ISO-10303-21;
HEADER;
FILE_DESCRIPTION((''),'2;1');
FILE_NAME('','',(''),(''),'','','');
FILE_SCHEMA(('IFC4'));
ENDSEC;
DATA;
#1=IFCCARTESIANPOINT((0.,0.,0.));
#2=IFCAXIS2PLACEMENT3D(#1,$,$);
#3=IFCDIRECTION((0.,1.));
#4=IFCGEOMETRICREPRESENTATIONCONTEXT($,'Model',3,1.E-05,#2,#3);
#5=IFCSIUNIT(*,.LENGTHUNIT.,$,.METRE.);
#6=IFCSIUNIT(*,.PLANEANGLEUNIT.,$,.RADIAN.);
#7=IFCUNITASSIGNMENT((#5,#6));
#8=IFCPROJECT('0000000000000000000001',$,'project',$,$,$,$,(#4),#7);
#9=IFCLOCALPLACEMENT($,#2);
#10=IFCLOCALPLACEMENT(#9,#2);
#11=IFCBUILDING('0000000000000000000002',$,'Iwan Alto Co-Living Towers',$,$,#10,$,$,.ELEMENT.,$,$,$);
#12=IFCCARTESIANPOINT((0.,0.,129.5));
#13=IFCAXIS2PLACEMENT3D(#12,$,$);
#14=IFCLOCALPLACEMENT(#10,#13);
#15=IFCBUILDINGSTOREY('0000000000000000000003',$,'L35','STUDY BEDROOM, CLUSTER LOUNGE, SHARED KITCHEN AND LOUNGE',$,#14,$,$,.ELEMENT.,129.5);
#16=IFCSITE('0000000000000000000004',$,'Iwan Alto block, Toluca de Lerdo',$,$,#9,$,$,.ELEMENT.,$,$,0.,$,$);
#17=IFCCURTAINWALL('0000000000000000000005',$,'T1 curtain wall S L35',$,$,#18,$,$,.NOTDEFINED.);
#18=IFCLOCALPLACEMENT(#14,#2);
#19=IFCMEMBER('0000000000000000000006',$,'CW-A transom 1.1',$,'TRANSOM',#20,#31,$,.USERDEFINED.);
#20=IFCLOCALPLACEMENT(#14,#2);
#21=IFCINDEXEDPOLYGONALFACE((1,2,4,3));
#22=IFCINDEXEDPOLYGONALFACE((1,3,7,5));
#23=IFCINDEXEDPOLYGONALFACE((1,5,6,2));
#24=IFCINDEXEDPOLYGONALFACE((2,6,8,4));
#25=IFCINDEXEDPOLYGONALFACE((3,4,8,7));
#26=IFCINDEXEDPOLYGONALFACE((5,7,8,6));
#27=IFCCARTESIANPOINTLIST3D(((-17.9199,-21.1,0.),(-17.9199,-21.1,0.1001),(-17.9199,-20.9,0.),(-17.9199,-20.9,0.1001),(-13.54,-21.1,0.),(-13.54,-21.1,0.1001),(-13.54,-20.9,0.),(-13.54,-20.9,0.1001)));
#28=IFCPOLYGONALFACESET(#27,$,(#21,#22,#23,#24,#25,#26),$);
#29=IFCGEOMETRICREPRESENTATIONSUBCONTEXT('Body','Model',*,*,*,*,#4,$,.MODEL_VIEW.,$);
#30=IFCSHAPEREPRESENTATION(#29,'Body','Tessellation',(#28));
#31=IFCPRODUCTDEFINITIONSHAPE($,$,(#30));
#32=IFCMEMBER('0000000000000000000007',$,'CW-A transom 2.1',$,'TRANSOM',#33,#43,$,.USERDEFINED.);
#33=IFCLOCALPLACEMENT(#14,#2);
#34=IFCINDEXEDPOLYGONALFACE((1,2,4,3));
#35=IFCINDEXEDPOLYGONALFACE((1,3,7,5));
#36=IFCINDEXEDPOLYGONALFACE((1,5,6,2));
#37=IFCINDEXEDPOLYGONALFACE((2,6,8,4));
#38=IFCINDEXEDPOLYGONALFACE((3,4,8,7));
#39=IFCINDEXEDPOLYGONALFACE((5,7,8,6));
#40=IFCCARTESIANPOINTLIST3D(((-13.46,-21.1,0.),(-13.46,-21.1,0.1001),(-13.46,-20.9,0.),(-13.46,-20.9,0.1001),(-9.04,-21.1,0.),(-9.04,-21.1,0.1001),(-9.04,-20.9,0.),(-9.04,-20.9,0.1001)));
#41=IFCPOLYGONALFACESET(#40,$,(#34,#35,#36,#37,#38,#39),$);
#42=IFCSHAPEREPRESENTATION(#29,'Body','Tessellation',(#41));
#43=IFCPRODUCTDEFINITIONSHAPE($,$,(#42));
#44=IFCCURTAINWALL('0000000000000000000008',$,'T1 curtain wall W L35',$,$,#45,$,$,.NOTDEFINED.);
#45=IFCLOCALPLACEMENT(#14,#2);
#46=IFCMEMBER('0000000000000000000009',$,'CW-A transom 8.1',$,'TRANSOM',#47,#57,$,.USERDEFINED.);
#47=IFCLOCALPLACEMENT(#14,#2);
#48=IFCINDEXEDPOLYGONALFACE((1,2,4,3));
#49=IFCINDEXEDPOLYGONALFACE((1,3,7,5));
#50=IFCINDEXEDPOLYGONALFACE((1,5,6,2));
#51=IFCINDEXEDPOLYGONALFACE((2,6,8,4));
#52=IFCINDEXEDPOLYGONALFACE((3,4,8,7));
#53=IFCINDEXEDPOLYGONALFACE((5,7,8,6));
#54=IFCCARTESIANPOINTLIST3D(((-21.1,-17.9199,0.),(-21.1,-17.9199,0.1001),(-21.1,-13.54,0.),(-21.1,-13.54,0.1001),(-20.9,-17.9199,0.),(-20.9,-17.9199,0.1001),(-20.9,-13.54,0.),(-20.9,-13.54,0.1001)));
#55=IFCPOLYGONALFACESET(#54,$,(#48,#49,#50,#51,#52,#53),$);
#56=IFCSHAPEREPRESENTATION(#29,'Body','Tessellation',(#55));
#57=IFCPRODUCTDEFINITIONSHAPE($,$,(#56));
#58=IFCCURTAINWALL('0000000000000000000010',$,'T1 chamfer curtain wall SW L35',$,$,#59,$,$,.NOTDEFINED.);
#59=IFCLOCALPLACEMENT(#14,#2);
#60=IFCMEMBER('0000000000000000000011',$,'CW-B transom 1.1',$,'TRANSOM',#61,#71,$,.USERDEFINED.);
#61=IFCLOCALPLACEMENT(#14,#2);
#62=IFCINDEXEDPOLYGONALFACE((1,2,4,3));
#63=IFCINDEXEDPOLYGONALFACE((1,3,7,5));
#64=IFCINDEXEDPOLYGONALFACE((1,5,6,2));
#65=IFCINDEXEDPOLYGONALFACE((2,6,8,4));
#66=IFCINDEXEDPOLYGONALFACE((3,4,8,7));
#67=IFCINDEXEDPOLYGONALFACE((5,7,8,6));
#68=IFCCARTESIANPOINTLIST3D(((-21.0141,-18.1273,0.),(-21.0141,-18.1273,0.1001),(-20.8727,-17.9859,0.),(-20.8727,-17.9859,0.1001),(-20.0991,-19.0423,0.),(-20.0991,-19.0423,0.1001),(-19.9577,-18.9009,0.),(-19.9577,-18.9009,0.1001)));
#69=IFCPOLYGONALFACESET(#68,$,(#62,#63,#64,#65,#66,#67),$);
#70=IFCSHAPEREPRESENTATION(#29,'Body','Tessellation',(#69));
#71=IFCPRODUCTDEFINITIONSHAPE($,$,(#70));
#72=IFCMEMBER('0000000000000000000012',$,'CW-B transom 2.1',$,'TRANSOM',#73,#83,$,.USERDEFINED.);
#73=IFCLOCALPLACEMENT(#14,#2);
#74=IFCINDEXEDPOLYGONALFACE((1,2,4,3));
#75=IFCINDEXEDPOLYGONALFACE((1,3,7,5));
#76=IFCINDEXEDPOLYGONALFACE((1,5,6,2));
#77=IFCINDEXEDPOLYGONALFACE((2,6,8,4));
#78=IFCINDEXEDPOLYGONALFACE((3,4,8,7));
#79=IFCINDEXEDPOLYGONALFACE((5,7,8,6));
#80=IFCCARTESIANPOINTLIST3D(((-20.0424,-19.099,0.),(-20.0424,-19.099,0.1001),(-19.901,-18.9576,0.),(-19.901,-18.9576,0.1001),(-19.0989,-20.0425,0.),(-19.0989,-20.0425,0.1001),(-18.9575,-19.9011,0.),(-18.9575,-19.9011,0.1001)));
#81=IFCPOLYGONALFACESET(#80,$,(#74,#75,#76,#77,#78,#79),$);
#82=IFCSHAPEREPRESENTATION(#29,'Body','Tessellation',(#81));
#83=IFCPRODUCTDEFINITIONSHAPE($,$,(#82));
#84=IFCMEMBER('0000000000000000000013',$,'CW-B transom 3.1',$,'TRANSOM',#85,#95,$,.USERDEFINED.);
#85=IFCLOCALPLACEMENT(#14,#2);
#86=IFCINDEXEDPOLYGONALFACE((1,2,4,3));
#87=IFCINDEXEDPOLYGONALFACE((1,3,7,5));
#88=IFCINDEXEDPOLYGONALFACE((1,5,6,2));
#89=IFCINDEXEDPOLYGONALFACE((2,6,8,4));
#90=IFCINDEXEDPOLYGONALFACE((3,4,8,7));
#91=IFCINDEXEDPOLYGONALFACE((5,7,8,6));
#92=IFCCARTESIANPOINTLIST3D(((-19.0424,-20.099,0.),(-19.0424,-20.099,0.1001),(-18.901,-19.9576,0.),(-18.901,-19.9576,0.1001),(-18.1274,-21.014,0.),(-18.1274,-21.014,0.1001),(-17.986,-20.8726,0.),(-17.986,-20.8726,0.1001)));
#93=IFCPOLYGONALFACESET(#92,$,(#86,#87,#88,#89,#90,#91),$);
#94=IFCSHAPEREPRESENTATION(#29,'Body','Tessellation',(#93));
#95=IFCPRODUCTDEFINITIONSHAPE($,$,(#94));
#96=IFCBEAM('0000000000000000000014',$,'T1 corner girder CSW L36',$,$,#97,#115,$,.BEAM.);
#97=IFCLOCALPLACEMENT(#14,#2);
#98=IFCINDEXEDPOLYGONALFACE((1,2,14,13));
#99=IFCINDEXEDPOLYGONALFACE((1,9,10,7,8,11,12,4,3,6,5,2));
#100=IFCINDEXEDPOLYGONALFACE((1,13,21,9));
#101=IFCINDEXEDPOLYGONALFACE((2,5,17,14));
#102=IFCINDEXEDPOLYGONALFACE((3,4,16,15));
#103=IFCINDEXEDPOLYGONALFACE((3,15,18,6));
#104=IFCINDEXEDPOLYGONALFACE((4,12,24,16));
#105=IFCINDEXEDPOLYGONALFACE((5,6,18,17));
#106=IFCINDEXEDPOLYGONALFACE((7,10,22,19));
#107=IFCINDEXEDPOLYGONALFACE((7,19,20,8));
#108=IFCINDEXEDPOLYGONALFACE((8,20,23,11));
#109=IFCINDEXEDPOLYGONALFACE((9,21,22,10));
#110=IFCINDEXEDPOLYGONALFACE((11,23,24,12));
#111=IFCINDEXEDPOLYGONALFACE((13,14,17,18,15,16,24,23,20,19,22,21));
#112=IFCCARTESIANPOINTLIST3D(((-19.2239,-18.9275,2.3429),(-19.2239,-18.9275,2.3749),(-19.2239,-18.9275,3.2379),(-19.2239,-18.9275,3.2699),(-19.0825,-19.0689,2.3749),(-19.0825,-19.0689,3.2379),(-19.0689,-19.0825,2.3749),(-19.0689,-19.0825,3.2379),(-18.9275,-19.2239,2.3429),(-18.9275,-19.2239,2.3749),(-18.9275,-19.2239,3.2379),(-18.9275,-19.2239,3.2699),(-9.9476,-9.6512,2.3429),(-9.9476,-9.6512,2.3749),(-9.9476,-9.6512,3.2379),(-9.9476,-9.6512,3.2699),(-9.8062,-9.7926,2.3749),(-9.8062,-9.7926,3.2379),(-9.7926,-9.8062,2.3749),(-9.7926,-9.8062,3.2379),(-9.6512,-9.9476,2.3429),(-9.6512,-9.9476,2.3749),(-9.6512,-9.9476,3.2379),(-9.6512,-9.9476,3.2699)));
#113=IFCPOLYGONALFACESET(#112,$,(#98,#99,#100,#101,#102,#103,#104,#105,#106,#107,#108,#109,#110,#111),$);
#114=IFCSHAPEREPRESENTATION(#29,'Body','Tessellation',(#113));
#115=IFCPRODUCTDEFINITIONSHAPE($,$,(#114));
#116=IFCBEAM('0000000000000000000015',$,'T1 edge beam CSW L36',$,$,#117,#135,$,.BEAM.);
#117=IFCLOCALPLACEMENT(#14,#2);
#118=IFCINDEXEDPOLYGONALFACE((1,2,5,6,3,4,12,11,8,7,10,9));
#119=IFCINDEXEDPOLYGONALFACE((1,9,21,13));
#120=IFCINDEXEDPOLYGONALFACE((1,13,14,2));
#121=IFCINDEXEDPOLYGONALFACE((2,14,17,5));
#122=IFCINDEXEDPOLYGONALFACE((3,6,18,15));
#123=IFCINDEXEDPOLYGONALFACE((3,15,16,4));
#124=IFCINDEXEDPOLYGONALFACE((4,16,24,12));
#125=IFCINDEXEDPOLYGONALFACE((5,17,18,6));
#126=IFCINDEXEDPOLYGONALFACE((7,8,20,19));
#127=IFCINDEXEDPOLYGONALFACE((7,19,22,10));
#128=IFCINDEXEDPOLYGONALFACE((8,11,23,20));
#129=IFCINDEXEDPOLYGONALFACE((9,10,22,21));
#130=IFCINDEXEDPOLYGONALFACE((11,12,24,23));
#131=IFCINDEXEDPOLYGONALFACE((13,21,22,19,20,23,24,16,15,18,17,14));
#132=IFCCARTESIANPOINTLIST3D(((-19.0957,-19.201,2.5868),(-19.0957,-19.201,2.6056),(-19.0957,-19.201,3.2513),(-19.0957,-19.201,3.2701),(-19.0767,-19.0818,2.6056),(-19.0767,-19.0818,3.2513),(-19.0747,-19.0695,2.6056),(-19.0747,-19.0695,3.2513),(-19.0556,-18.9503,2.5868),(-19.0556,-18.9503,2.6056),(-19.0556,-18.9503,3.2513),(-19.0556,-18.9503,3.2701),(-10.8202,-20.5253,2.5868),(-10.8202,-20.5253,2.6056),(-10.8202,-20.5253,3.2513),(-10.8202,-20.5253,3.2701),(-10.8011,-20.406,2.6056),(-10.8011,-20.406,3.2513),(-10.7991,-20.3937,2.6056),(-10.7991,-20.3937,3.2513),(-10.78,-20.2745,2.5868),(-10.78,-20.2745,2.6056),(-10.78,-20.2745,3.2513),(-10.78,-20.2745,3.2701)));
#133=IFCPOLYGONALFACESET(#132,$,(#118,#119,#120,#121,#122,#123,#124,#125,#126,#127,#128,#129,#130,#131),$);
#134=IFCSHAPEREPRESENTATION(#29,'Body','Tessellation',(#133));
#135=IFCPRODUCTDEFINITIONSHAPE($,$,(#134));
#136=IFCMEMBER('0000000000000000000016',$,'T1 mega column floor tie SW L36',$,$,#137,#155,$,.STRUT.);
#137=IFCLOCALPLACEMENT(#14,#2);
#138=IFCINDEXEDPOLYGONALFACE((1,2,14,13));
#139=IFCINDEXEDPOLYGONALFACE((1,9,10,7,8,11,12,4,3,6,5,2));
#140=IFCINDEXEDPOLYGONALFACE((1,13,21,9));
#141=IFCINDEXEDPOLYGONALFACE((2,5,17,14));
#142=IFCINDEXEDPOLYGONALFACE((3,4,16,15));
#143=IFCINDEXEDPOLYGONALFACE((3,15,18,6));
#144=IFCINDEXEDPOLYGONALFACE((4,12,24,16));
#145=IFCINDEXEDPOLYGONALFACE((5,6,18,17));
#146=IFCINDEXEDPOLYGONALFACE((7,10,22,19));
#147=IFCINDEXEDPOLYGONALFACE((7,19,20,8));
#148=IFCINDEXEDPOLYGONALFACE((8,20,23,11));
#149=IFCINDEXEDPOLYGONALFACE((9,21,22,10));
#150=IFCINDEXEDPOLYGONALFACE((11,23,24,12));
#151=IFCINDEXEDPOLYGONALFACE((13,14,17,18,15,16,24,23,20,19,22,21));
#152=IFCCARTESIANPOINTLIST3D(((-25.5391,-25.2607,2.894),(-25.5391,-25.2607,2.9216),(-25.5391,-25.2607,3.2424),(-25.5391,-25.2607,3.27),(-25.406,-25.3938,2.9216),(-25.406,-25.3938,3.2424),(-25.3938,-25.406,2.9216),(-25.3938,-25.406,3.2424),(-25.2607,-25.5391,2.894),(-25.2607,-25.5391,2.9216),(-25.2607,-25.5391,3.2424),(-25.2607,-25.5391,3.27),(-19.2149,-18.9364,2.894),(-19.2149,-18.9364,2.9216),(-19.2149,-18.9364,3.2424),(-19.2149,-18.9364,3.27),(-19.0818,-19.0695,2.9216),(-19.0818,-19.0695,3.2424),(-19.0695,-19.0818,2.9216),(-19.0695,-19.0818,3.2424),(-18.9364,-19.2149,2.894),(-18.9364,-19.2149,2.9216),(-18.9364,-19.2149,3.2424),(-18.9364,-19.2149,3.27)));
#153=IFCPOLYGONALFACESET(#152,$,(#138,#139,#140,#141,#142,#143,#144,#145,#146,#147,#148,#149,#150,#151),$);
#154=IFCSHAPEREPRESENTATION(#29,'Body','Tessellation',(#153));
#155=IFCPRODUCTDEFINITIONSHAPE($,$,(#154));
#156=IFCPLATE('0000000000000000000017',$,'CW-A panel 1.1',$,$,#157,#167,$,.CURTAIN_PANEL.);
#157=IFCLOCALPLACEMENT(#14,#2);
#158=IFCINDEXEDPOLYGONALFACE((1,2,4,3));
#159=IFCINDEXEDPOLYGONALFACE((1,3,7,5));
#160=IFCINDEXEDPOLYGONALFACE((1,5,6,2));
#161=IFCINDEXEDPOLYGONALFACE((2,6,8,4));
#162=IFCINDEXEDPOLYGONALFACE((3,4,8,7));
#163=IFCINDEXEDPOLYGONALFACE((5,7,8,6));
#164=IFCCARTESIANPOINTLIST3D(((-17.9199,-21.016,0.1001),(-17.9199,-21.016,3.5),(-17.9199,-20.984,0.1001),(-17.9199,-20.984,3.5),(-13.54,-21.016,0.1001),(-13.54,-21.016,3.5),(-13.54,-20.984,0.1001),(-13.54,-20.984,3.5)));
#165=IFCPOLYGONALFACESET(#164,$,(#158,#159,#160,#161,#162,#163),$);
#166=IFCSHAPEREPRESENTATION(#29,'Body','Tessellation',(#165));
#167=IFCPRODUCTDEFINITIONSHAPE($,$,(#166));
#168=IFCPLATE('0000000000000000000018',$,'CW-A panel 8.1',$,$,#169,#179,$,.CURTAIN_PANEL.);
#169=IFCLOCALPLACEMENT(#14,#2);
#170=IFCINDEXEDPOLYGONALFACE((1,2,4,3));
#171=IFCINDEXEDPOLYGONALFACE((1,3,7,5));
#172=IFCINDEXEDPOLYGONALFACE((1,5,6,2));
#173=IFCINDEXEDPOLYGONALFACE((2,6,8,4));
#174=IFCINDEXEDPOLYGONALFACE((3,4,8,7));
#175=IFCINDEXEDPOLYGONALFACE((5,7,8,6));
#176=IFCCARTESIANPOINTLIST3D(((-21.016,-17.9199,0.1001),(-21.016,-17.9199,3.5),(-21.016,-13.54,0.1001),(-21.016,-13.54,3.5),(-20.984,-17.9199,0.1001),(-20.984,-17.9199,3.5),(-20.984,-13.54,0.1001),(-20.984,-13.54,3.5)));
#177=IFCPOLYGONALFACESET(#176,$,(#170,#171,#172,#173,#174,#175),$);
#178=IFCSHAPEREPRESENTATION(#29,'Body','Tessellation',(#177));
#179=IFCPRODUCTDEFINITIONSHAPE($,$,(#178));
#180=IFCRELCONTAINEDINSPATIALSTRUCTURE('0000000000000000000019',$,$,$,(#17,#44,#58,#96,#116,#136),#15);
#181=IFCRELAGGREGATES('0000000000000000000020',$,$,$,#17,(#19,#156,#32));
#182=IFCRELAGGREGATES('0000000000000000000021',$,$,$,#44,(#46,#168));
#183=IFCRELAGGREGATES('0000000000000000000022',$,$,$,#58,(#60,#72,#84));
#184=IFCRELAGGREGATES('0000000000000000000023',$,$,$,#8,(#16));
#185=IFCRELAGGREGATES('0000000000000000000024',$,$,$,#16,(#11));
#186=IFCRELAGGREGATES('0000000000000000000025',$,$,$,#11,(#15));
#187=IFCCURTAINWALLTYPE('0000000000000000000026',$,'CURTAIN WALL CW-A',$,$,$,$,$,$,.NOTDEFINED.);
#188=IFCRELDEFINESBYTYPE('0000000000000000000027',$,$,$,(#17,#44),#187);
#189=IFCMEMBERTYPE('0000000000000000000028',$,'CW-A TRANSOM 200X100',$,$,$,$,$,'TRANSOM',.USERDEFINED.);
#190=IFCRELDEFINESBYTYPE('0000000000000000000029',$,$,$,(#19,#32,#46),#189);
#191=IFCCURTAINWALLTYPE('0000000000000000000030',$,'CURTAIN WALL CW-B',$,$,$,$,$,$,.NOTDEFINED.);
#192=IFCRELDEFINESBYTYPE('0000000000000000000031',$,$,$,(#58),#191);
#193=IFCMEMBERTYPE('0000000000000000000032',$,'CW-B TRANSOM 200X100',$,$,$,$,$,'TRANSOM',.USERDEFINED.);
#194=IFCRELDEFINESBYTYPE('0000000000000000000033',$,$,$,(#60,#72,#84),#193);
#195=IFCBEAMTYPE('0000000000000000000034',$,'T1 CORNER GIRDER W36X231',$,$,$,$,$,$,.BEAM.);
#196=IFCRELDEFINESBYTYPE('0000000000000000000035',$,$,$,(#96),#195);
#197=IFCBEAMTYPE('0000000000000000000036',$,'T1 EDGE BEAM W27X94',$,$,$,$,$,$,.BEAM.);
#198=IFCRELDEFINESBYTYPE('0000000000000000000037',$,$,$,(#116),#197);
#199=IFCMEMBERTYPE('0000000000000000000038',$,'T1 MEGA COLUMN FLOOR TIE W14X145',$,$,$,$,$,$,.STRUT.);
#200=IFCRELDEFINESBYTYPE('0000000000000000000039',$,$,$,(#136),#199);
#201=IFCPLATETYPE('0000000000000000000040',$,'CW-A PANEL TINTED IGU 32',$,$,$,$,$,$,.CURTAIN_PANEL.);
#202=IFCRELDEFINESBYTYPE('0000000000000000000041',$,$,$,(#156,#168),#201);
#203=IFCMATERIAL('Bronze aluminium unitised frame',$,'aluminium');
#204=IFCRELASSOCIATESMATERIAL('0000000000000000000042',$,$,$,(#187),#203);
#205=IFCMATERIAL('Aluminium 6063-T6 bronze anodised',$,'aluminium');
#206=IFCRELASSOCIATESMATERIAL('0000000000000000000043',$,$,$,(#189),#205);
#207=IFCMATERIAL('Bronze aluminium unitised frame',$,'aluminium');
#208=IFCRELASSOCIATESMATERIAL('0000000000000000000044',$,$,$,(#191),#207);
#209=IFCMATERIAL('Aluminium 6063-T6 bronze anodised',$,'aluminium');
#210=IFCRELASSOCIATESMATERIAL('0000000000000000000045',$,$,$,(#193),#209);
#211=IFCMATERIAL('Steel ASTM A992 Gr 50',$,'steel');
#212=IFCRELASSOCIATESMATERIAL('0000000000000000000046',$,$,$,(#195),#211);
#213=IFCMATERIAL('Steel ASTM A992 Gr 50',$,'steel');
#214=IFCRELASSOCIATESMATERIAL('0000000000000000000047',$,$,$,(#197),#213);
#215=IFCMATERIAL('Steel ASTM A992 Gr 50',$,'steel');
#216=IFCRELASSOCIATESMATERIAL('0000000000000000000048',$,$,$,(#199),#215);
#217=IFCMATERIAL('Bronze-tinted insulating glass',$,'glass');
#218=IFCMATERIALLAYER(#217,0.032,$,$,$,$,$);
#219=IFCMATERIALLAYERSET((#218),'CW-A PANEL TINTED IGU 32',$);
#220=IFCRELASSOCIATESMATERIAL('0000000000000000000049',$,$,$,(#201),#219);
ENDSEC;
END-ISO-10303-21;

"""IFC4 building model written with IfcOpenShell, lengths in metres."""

from ifc_helpers import new_model, si_unit, direction, frame, origin, origin_2d, place, context, subcontext, project, spatial, rectangle, i_section, extrude, material, layer, layer_set, material_profile, profile_set, type_object, element, aggregate, save


model = new_model("IFC4")

# Units and contexts
model_context = context("Model", 3, precision=1e-05, world=origin(), true_north=direction((0.0, 1.0)))
body_context = subcontext(model_context, "Body", "Model", "MODEL_VIEW")
ifc_project = project(units=[si_unit("LENGTHUNIT", "METRE"), si_unit("PLANEANGLEUNIT", "RADIAN")], contexts=[model_context])

# Site, building, storey
site_placement = place(None, origin())
site = spatial("IfcSite", under=ifc_project, at=site_placement, Name="Iwan Alto block, Toluca de Lerdo", CompositionType="ELEMENT", RefElevation=0.0)
building_placement = place(site_placement, origin())
building = spatial("IfcBuilding", under=site, at=building_placement, Name="Iwan Alto Co-Living Towers", CompositionType="ELEMENT")
storey_placement = place(building_placement, frame((0.0, 0.0, 129.5)))
storey = spatial("IfcBuildingStorey", under=building, at=storey_placement, Name="L35", Description="STUDY BEDROOM, CLUSTER LOUNGE, SHARED KITCHEN AND LOUNGE", CompositionType="ELEMENT", Elevation=129.5)

# Curtain wall, members
ifc_material_1 = material(Name="Bronze aluminium unitised frame", Category="aluminium")
curtain_wall_type_1 = type_object("IfcCurtainWallType", Name="CURTAIN WALL CW-A", PredefinedType="NOTDEFINED", material=ifc_material_1)
curtain_wall_1_placement = place(storey_placement, origin())
curtain_wall_1 = element("IfcCurtainWall", 1, at=curtain_wall_1_placement, inside=storey, type_object=curtain_wall_type_1, Name="T1 curtain wall S L35", PredefinedType="NOTDEFINED")
ifc_material_2 = material(Name="Aluminium 6063-T6 bronze anodised", Category="aluminium")
ifc_material_profile_1 = material_profile(ifc_material_2, rectangle(XDim=0.2, YDim=0.1001, at=origin_2d()), Name="AL 200X100")
ifc_profile_set_1 = profile_set([ifc_material_profile_1], Name="Aluminium 6063-T6 bronze anodised")
member_type_1 = type_object("IfcMemberType", Name="CW-A TRANSOM 200X100", ElementType="TRANSOM", PredefinedType="USERDEFINED", material=ifc_profile_set_1)
member_1_placement = place(storey_placement, frame((-17.9199, -21.0, 0.05), z_axis=(1.0, 0.0, 0.0), x_axis=(0.0, 1.0, 0.0)))
member_1 = element("IfcMember", 2, at=member_1_placement, type_object=member_type_1, Name="CW-A transom 1.1", ObjectType="TRANSOM", PredefinedType="USERDEFINED", context=body_context, shape_type="SweptSolid", body=[
    extrude(rectangle(XDim=0.2, YDim=0.1001, at=origin_2d()), origin(), (0.0, 0.0, 1.0), 4.3799),
])
member_2_placement = place(storey_placement, frame((-13.46, -21.0, 0.05), z_axis=(1.0, 0.0, 0.0), x_axis=(0.0, 1.0, 0.0)))
member_2 = element("IfcMember", 3, at=member_2_placement, type_object=member_type_1, Name="CW-A transom 2.1", ObjectType="TRANSOM", PredefinedType="USERDEFINED", context=body_context, shape_type="SweptSolid", body=[
    extrude(rectangle(XDim=0.2, YDim=0.1001, at=origin_2d()), origin(), (0.0, 0.0, 1.0), 4.4199),
])

# Curtain wall, member
curtain_wall_2_placement = place(storey_placement, origin())
curtain_wall_2 = element("IfcCurtainWall", 4, at=curtain_wall_2_placement, inside=storey, type_object=curtain_wall_type_1, Name="T1 curtain wall W L35", PredefinedType="NOTDEFINED")
member_3_placement = place(storey_placement, frame((-21.0, -13.54, 0.05), z_axis=(0.0, -1.0, 0.0), x_axis=(1.0, 0.0, 0.0)))
member_3 = element("IfcMember", 5, at=member_3_placement, type_object=member_type_1, Name="CW-A transom 8.1", ObjectType="TRANSOM", PredefinedType="USERDEFINED", context=body_context, shape_type="SweptSolid", body=[
    extrude(rectangle(XDim=0.2, YDim=0.1001, at=origin_2d()), origin(), (0.0, 0.0, 1.0), 4.3799),
])

# Curtain wall, members
ifc_material_3 = material(Name="Bronze aluminium unitised frame", Category="aluminium")
curtain_wall_type_2 = type_object("IfcCurtainWallType", Name="CURTAIN WALL CW-B", PredefinedType="NOTDEFINED", material=ifc_material_3)
curtain_wall_3_placement = place(storey_placement, origin())
curtain_wall_3 = element("IfcCurtainWall", 6, at=curtain_wall_3_placement, inside=storey, type_object=curtain_wall_type_2, Name="T1 chamfer curtain wall SW L35", PredefinedType="NOTDEFINED")
ifc_material_4 = material(Name="Aluminium 6063-T6 bronze anodised", Category="aluminium")
ifc_material_profile_2 = material_profile(ifc_material_4, rectangle(XDim=0.2, YDim=0.1001, at=origin_2d()), Name="AL 200X100")
ifc_profile_set_2 = profile_set([ifc_material_profile_2], Name="Aluminium 6063-T6 bronze anodised")
member_type_2 = type_object("IfcMemberType", Name="CW-B TRANSOM 200X100", ElementType="TRANSOM", PredefinedType="USERDEFINED", material=ifc_profile_set_2)
member_4_placement = place(storey_placement, frame((-20.9434, -18.0566, 0.05), z_axis=(0.707107, -0.707107, 0.0), x_axis=(0.707107, 0.707107, 0.0)))
member_4 = element("IfcMember", 7, at=member_4_placement, type_object=member_type_2, Name="CW-B transom 1.1", ObjectType="TRANSOM", PredefinedType="USERDEFINED", context=body_context, shape_type="SweptSolid", body=[
    extrude(rectangle(XDim=0.2, YDim=0.1001, at=origin_2d()), origin(), (0.0, 0.0, 1.0), 1.2939),
])
member_5_placement = place(storey_placement, frame((-19.9717, -19.0283, 0.05), z_axis=(0.707107, -0.707107, 0.0), x_axis=(0.707107, 0.707107, 0.0)))
member_5 = element("IfcMember", 8, at=member_5_placement, type_object=member_type_2, Name="CW-B transom 2.1", ObjectType="TRANSOM", PredefinedType="USERDEFINED", context=body_context, shape_type="SweptSolid", body=[
    extrude(rectangle(XDim=0.2, YDim=0.1001, at=origin_2d()), origin(), (0.0, 0.0, 1.0), 1.3342),
])
member_6_placement = place(storey_placement, frame((-18.9717, -20.0283, 0.05), z_axis=(0.707107, -0.707107, 0.0), x_axis=(0.707107, 0.707107, 0.0)))
member_6 = element("IfcMember", 9, at=member_6_placement, type_object=member_type_2, Name="CW-B transom 3.1", ObjectType="TRANSOM", PredefinedType="USERDEFINED", context=body_context, shape_type="SweptSolid", body=[
    extrude(rectangle(XDim=0.2, YDim=0.1001, at=origin_2d()), origin(), (0.0, 0.0, 1.0), 1.2939),
])

# Beams
ifc_material_5 = material(Name="Steel ASTM A992 Gr 50", Category="steel")
ifc_material_profile_3 = material_profile(ifc_material_5, i_section(OverallWidth=0.4192, OverallDepth=0.927, WebThickness=0.0193, FlangeThickness=0.032, at=origin_2d()), Name="W36X231")
ifc_profile_set_3 = profile_set([ifc_material_profile_3], Name="Steel ASTM A992 Gr 50")
beam_type_1 = type_object("IfcBeamType", Name="T1 CORNER GIRDER W36X231", PredefinedType="BEAM", material=ifc_profile_set_3)
beam_1_placement = place(storey_placement, frame((-19.0757, -19.0757, 2.8064), z_axis=(0.707107, 0.707107, 0.0), x_axis=(-0.707107, 0.707107, 0.0)))
element("IfcBeam", 10, at=beam_1_placement, inside=storey, type_object=beam_type_1, Name="T1 corner girder CSW L36", PredefinedType="BEAM", context=body_context, shape_type="SweptSolid", body=[
    extrude(i_section(OverallWidth=0.4192, OverallDepth=0.927, WebThickness=0.0193, FlangeThickness=0.032, at=origin_2d()), origin(), (0.0, 0.0, 1.0), 13.1187),
])
ifc_material_6 = material(Name="Steel ASTM A992 Gr 50", Category="steel")
ifc_material_profile_4 = material_profile(ifc_material_6, i_section(OverallWidth=0.2539, OverallDepth=0.6833, WebThickness=0.0125, FlangeThickness=0.0188, at=origin_2d()), Name="W27X94")
ifc_profile_set_4 = profile_set([ifc_material_profile_4], Name="Steel ASTM A992 Gr 50")
beam_type_2 = type_object("IfcBeamType", Name="T1 EDGE BEAM W27X94", PredefinedType="BEAM", material=ifc_profile_set_4)
beam_2_placement = place(storey_placement, frame((-19.0757, -19.0757, 2.9285), z_axis=(0.987438, -0.158004, 0.0), x_axis=(0.158004, 0.987438, 0.0)))
element("IfcBeam", 11, at=beam_2_placement, inside=storey, type_object=beam_type_2, Name="T1 edge beam CSW L36", PredefinedType="BEAM", context=body_context, shape_type="SweptSolid", body=[
    extrude(i_section(OverallWidth=0.2539, OverallDepth=0.6833, WebThickness=0.0125, FlangeThickness=0.0188, at=origin_2d()), origin(), (0.0, 0.0, 1.0), 8.3809),
])

# Member
ifc_material_7 = material(Name="Steel ASTM A992 Gr 50", Category="steel")
ifc_material_profile_5 = material_profile(ifc_material_7, i_section(OverallWidth=0.3938, OverallDepth=0.376, WebThickness=0.0173, FlangeThickness=0.0276, at=origin_2d()), Name="W14X145")
ifc_profile_set_5 = profile_set([ifc_material_profile_5], Name="Steel ASTM A992 Gr 50")
member_type_3 = type_object("IfcMemberType", Name="T1 MEGA COLUMN FLOOR TIE W14X145", PredefinedType="STRUT", material=ifc_profile_set_5)
member_7_placement = place(storey_placement, frame((-25.3999, -25.3999, 3.082), z_axis=(0.707107, 0.707107, 0.0), x_axis=(-0.707107, 0.707107, 0.0)))
element("IfcMember", 12, at=member_7_placement, inside=storey, type_object=member_type_3, Name="T1 mega column floor tie SW L36", PredefinedType="STRUT", context=body_context, shape_type="SweptSolid", body=[
    extrude(i_section(OverallWidth=0.3938, OverallDepth=0.376, WebThickness=0.0173, FlangeThickness=0.0276, at=origin_2d()), origin(), (0.0, 0.0, 1.0), 8.9438),
])

# Plates
ifc_material_8 = material(Name="Bronze-tinted insulating glass", Category="glass")
ifc_layer_1 = layer(ifc_material_8, 0.032)
ifc_layer_set_1 = layer_set([ifc_layer_1], Name="CW-A PANEL TINTED IGU 32")
plate_type_1 = type_object("IfcPlateType", Name="CW-A PANEL TINTED IGU 32", PredefinedType="CURTAIN_PANEL", material=ifc_layer_set_1)
plate_1_placement = place(storey_placement, frame((-15.73, -21.0, 0.1001), z_axis=(0.0, 0.0, 1.0), x_axis=(1.0, 0.0, 0.0)))
plate_1 = element("IfcPlate", 13, at=plate_1_placement, type_object=plate_type_1, Name="CW-A panel 1.1", PredefinedType="CURTAIN_PANEL", context=body_context, shape_type="SweptSolid", body=[
    extrude(rectangle(XDim=4.3799, YDim=0.032, at=origin_2d()), origin(), (0.0, 0.0, 1.0), 3.3999),
])
aggregate(curtain_wall_1, [member_1, plate_1, member_2])
plate_2_placement = place(storey_placement, frame((-21.0, -15.73, 0.1001), z_axis=(0.0, 0.0, 1.0), x_axis=(0.0, -1.0, 0.0)))
plate_2 = element("IfcPlate", 14, at=plate_2_placement, type_object=plate_type_1, Name="CW-A panel 8.1", PredefinedType="CURTAIN_PANEL", context=body_context, shape_type="SweptSolid", body=[
    extrude(rectangle(XDim=4.3799, YDim=0.032, at=origin_2d()), origin(), (0.0, 0.0, 1.0), 3.3999),
])
aggregate(curtain_wall_2, [member_3, plate_2])
aggregate(curtain_wall_3, [member_4, member_5, member_6])

save(model, "model.ifc")
